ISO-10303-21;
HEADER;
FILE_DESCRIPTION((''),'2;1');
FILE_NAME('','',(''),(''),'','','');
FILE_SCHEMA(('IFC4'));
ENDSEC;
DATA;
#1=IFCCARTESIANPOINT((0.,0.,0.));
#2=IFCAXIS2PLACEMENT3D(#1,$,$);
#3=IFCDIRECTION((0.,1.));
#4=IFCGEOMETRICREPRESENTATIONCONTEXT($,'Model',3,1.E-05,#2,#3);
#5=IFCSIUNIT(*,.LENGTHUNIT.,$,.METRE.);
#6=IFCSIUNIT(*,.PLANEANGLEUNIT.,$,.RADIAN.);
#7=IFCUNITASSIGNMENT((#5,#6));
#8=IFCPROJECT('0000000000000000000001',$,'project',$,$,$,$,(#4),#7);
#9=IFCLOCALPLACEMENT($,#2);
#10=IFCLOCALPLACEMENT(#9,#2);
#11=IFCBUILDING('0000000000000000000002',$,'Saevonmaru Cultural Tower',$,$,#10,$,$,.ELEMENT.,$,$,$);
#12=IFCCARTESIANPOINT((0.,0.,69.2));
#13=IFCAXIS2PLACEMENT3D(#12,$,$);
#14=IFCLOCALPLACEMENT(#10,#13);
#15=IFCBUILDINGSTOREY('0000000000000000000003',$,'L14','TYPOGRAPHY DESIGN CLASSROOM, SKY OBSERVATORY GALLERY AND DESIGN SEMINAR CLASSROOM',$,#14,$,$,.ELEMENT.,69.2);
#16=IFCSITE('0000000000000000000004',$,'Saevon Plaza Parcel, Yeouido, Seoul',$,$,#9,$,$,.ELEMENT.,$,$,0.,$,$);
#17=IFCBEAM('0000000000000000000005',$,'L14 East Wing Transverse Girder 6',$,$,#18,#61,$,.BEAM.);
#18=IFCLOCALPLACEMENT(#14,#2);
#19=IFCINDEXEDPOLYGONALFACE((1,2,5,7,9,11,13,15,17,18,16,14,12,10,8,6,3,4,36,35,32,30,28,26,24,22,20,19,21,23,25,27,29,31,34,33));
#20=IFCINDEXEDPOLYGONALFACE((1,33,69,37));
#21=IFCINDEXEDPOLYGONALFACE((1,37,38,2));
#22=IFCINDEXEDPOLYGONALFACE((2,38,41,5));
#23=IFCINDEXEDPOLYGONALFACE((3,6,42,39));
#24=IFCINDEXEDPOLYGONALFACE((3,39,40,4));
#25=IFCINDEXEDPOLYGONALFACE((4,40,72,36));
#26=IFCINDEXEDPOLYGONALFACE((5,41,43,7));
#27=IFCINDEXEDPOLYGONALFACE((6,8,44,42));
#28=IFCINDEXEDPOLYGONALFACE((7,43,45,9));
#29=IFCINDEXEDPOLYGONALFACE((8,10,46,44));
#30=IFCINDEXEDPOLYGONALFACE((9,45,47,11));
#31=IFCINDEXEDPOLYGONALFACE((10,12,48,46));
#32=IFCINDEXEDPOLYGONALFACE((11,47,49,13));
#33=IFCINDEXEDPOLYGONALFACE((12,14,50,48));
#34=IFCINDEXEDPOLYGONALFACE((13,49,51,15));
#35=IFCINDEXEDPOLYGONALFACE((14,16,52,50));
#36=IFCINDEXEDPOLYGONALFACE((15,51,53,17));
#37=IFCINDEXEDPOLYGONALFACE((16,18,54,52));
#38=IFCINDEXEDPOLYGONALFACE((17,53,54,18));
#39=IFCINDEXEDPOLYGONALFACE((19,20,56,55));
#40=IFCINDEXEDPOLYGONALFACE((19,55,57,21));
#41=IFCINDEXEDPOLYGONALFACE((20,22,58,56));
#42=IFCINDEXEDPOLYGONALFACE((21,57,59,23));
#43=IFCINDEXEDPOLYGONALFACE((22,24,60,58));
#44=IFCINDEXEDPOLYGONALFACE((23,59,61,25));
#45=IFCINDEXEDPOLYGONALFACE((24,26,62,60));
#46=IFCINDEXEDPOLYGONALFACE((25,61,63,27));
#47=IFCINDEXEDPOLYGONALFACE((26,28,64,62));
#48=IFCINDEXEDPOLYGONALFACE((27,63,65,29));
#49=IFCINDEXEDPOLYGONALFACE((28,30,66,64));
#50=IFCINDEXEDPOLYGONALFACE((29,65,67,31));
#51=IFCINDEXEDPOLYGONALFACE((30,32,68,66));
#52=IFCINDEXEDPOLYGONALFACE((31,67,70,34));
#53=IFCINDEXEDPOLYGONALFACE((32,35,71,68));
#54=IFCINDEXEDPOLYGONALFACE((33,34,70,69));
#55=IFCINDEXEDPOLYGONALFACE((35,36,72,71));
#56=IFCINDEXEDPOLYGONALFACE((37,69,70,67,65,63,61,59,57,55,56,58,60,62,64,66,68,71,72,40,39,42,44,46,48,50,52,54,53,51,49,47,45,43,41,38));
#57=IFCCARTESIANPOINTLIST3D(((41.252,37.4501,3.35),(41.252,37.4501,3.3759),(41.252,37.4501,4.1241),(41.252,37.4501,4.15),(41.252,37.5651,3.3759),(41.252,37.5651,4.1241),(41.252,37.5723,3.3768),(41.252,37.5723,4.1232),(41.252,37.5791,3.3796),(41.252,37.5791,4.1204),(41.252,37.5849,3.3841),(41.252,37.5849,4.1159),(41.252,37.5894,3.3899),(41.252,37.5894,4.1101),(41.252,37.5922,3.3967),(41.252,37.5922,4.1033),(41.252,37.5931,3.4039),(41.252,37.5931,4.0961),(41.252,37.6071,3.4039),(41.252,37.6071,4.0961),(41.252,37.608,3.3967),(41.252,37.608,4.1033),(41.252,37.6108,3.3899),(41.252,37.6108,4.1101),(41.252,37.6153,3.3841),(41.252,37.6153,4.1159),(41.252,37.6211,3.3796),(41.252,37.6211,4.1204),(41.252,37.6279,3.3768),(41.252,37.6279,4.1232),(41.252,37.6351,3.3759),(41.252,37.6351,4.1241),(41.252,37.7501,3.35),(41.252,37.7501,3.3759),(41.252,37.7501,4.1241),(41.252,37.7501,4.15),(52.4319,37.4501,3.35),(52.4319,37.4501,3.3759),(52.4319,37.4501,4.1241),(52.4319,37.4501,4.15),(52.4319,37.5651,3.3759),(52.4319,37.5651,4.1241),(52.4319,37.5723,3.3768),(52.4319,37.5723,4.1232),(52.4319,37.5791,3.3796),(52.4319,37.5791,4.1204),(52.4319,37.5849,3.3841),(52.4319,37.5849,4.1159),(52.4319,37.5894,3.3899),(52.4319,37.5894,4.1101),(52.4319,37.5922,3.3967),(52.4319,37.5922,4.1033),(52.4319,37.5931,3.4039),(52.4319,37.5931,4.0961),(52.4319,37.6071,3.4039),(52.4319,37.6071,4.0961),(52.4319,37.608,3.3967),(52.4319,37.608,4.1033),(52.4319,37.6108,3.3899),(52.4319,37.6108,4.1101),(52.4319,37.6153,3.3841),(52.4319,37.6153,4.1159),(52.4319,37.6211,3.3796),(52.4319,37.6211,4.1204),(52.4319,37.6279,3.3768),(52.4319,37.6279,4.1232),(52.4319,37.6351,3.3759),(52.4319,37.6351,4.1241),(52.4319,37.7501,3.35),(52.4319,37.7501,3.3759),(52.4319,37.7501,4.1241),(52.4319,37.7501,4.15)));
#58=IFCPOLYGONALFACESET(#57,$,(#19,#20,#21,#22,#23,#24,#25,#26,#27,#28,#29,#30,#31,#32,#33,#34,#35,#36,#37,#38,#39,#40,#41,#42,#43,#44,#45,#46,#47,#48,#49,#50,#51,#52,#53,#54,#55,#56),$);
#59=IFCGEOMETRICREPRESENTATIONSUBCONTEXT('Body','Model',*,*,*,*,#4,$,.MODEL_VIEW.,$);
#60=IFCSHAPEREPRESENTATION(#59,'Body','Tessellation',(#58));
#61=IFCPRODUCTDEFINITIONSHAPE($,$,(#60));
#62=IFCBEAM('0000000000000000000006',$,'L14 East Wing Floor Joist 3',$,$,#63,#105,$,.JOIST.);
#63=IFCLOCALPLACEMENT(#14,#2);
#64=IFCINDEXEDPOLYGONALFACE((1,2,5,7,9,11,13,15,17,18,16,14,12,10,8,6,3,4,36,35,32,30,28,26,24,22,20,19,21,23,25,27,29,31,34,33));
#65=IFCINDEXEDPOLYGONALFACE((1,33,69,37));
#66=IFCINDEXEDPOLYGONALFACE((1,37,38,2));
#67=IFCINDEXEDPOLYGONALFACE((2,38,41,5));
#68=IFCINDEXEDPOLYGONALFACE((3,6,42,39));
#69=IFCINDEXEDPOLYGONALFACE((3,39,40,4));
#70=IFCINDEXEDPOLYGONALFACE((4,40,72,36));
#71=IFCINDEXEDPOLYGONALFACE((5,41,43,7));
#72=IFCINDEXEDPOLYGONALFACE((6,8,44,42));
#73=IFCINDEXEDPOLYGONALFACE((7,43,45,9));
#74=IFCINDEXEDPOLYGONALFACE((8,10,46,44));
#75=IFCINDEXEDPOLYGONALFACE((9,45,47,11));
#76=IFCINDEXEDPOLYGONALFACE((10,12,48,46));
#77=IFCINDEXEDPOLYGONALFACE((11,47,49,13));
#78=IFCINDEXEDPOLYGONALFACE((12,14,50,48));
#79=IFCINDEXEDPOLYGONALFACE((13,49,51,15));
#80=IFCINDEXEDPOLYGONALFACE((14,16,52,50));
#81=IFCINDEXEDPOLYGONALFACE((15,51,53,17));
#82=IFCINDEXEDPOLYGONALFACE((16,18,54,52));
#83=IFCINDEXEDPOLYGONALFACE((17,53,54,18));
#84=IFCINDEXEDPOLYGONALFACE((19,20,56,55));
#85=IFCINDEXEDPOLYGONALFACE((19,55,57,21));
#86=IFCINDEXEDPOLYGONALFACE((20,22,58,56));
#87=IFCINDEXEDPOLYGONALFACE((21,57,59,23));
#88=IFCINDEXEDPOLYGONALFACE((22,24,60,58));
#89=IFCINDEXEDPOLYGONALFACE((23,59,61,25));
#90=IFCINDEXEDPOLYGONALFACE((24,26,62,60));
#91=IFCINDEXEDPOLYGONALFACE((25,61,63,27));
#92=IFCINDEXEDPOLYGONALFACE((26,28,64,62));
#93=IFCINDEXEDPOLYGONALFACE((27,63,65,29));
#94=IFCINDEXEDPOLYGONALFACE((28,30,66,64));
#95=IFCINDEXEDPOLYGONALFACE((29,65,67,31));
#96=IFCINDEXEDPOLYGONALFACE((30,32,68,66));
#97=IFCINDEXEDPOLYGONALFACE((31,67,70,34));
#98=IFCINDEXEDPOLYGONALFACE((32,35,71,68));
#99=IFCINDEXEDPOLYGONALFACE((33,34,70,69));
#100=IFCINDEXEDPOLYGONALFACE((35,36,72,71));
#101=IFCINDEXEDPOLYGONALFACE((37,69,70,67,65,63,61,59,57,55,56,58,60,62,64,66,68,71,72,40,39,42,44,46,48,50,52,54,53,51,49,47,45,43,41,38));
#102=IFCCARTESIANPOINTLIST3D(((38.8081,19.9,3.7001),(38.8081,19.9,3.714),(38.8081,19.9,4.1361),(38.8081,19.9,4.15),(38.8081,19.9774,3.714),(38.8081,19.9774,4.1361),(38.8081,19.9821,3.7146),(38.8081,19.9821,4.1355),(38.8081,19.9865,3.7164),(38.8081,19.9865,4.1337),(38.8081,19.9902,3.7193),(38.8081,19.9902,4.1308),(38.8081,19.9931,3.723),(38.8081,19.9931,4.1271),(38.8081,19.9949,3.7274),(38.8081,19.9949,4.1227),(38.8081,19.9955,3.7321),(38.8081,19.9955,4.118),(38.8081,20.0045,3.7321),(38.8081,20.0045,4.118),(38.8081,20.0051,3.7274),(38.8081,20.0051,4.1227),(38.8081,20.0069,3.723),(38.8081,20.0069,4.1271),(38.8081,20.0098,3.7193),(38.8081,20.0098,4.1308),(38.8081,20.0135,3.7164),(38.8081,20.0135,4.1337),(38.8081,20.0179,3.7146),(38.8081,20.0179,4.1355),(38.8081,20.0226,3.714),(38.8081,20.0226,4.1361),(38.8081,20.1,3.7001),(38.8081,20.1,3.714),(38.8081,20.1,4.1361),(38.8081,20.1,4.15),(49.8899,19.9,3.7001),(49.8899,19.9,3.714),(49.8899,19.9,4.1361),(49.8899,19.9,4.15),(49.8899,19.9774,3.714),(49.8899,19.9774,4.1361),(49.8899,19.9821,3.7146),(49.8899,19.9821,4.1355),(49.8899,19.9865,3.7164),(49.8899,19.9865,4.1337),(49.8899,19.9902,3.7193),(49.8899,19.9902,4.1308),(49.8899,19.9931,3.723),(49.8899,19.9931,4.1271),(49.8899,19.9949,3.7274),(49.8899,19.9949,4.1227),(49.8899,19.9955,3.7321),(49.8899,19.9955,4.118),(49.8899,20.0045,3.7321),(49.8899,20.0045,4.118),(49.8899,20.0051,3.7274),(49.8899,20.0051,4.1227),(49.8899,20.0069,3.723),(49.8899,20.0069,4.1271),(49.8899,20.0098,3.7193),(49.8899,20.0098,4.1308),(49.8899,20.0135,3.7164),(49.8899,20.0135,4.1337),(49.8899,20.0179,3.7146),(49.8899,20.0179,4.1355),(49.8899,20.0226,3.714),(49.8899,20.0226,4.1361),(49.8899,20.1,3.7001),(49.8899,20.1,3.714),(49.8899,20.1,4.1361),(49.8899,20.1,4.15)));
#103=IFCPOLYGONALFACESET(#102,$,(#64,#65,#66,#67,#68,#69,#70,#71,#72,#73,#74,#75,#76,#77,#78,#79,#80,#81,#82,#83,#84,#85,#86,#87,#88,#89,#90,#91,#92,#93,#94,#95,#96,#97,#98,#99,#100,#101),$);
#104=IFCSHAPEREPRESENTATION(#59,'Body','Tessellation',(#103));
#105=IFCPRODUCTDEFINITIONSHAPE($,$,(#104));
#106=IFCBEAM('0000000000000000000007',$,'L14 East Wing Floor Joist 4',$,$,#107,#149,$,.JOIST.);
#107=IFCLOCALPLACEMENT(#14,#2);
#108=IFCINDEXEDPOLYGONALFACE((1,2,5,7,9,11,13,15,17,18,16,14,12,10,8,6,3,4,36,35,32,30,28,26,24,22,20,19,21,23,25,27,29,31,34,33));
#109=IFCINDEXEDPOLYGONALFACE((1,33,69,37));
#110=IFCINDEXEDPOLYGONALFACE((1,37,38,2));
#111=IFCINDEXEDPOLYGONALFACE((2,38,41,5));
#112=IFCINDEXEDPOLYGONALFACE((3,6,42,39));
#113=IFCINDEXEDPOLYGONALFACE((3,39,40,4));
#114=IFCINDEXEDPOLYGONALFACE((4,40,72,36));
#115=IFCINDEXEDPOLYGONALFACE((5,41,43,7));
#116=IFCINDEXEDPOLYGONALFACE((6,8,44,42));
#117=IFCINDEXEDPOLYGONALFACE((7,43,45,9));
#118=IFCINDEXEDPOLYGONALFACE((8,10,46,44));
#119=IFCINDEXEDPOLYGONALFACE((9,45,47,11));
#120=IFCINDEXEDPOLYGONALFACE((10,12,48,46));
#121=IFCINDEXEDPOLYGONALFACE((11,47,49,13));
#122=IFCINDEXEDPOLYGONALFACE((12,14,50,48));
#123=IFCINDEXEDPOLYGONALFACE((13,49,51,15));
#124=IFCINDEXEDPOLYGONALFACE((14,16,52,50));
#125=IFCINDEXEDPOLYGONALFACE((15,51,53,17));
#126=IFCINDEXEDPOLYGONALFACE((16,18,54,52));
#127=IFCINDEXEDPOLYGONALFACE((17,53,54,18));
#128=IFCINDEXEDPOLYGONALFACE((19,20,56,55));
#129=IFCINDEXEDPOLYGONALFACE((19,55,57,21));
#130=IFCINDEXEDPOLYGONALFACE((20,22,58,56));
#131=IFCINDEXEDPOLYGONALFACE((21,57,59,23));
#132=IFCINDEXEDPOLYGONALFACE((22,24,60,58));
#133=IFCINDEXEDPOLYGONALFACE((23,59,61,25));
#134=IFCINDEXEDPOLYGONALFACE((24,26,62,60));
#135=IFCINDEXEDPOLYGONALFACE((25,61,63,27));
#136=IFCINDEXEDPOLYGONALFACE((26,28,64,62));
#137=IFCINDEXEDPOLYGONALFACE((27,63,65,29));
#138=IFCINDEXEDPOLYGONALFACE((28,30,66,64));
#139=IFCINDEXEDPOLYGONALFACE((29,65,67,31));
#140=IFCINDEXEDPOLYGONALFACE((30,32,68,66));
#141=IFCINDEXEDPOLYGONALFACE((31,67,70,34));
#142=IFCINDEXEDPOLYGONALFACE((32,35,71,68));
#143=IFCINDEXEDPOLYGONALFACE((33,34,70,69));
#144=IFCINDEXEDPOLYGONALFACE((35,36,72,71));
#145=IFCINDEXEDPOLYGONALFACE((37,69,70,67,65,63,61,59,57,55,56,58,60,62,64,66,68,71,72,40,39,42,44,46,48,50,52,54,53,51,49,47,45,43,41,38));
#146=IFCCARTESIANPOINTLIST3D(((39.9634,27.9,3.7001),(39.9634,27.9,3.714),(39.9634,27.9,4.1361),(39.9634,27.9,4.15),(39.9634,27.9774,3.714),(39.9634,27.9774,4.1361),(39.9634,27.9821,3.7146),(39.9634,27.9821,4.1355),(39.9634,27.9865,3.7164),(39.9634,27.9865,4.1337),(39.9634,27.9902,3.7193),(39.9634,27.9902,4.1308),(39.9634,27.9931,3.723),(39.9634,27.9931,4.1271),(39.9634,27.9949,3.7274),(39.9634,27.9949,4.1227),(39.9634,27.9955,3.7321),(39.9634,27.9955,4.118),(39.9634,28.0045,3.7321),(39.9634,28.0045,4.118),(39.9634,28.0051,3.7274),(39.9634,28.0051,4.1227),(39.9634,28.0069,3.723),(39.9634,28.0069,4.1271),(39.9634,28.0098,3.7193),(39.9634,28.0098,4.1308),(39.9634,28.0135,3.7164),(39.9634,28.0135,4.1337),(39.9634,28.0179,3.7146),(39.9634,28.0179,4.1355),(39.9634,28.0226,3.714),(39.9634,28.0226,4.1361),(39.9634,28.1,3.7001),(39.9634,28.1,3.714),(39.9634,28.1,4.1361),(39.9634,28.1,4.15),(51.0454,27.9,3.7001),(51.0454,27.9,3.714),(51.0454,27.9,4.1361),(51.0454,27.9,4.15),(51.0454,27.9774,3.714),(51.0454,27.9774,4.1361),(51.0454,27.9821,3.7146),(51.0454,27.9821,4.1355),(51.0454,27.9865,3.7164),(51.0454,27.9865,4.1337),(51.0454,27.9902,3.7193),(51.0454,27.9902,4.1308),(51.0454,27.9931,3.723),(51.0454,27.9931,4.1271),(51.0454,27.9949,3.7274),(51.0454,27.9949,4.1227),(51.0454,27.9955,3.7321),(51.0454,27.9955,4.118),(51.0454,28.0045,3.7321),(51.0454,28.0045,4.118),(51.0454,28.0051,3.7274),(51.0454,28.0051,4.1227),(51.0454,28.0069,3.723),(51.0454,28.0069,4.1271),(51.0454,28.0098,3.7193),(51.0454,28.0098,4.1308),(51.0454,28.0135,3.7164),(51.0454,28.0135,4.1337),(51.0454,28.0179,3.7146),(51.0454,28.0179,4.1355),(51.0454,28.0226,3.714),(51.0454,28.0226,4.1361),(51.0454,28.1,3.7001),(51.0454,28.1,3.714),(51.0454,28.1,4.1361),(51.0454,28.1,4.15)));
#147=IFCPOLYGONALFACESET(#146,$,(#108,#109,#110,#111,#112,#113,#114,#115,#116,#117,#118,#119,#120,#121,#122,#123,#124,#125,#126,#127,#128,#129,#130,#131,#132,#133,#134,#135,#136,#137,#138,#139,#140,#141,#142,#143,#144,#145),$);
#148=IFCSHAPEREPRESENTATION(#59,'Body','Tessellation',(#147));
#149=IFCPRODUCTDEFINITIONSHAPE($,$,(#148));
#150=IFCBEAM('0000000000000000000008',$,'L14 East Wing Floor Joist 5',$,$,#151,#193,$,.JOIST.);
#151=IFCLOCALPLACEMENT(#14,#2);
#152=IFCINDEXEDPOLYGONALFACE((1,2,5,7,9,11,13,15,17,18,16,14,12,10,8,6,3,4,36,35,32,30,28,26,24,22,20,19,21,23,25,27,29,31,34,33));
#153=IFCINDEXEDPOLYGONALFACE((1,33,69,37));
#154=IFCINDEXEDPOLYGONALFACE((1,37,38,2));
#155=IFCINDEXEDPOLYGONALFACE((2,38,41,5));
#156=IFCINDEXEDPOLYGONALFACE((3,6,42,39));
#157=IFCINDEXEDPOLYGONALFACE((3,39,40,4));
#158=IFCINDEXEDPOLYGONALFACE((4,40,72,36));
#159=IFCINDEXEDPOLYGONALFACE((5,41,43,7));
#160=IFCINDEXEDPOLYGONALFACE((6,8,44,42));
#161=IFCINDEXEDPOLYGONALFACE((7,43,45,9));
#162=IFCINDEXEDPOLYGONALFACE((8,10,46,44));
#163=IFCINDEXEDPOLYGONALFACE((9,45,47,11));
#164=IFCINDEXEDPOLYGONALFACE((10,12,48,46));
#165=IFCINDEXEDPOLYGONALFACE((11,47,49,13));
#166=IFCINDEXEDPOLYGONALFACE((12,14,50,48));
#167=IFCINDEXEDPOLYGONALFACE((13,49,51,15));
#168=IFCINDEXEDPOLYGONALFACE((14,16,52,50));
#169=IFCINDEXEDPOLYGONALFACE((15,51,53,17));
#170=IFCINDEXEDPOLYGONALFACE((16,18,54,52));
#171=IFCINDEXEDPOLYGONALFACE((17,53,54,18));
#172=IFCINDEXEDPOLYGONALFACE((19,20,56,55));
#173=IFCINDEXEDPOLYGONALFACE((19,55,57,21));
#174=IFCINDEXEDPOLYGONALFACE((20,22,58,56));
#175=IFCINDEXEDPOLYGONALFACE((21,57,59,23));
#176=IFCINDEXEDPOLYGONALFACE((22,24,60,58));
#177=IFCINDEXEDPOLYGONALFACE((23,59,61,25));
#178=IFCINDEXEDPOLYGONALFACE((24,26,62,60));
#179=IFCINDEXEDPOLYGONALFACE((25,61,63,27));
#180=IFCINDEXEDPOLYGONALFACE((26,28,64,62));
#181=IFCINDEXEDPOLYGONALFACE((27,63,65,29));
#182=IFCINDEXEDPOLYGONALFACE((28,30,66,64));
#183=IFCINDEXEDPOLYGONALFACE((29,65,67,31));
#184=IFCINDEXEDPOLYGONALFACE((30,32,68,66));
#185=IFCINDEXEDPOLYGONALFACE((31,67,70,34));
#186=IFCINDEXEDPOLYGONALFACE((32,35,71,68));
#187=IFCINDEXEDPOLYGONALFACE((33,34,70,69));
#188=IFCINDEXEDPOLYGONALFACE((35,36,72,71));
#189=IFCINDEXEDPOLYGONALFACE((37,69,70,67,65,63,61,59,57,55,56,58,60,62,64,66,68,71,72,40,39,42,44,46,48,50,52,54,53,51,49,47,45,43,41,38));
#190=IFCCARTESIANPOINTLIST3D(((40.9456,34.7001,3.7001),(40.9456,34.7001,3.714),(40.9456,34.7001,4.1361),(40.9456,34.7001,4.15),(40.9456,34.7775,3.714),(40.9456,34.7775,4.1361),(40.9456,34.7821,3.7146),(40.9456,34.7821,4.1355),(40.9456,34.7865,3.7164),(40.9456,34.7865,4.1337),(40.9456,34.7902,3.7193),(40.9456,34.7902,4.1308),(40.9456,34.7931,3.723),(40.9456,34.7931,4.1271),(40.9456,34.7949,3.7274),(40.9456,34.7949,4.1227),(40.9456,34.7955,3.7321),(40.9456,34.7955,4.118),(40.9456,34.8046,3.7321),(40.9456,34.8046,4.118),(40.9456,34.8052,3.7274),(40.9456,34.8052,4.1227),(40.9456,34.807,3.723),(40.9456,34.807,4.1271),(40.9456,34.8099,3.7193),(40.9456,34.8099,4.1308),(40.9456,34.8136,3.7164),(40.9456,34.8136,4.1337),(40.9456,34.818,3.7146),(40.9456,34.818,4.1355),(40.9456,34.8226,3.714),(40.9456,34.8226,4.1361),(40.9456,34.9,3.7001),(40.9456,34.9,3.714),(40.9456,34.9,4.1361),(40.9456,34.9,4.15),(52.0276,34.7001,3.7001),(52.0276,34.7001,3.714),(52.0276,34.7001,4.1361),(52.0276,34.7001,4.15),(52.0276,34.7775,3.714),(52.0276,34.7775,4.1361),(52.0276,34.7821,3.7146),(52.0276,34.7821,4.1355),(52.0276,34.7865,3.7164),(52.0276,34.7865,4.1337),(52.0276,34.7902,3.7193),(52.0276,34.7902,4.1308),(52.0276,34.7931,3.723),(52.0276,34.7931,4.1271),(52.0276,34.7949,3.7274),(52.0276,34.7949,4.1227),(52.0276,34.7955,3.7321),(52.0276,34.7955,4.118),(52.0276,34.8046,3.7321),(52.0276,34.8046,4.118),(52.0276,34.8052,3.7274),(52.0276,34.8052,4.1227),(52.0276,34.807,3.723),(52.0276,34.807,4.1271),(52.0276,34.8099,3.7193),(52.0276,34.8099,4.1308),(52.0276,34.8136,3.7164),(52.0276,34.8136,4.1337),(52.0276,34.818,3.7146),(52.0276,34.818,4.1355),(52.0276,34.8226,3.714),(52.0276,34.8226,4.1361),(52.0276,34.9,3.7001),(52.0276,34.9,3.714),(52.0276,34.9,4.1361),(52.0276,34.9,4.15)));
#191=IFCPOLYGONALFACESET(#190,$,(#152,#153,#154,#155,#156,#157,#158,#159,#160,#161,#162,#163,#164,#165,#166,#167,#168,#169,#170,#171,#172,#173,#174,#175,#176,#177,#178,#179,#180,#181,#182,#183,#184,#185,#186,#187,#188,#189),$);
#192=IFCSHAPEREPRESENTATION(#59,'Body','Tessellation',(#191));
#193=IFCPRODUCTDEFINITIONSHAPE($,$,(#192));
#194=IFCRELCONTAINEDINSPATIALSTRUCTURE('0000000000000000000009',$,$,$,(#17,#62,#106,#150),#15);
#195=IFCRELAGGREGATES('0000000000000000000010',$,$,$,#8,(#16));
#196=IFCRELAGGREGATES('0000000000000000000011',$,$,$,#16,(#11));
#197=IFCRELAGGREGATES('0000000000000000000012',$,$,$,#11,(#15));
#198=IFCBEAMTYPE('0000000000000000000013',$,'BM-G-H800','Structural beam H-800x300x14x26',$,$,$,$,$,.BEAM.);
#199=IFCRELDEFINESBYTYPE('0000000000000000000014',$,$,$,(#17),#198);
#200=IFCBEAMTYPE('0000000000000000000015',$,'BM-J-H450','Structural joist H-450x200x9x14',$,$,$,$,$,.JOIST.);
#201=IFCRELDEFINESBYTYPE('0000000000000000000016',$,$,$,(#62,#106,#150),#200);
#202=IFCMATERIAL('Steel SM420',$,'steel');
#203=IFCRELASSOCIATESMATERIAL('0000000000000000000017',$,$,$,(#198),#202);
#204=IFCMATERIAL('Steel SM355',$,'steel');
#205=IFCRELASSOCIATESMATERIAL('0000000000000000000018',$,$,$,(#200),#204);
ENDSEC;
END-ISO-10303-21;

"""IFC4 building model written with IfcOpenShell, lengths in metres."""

from ifc_helpers import new_model, si_unit, direction, frame, origin, origin_2d, place, context, subcontext, project, spatial, i_section, extrude, material, material_profile, profile_set, type_object, element, save


model = new_model("IFC4")

# Units and contexts
model_context = context("Model", 3, precision=1e-05, world=origin(), true_north=direction((0.0, 1.0)))
body_context = subcontext(model_context, "Body", "Model", "MODEL_VIEW")
ifc_project = project(units=[si_unit("LENGTHUNIT", "METRE"), si_unit("PLANEANGLEUNIT", "RADIAN")], contexts=[model_context])

# Site, building, storey
site_placement = place(None, origin())
site = spatial("IfcSite", under=ifc_project, at=site_placement, Name="Saevon Plaza Parcel, Yeouido, Seoul", CompositionType="ELEMENT", RefElevation=0.0)
building_placement = place(site_placement, origin())
building = spatial("IfcBuilding", under=site, at=building_placement, Name="Saevonmaru Cultural Tower", CompositionType="ELEMENT")
storey_placement = place(building_placement, frame((0.0, 0.0, 69.2)))
storey = spatial("IfcBuildingStorey", under=building, at=storey_placement, Name="L14", Description="TYPOGRAPHY DESIGN CLASSROOM, SKY OBSERVATORY GALLERY AND DESIGN SEMINAR CLASSROOM", CompositionType="ELEMENT", Elevation=69.2)

# Shared definitions
ifc_material_1 = material(Name="Steel SM420", Category="steel")

# Beams
ifc_material_profile_1 = material_profile(ifc_material_1, i_section(OverallWidth=0.3, OverallDepth=0.8, WebThickness=0.0139, FlangeThickness=0.0259, FilletRadius=0.0281, at=origin_2d()), Name="H-800x300x14x26")
ifc_profile_set_1 = profile_set([ifc_material_profile_1], Name="Steel SM420")
beam_type_1 = type_object("IfcBeamType", Name="BM-G-H800", Description="Structural beam H-800x300x14x26", PredefinedType="BEAM", material=ifc_profile_set_1)
for number, where, z_axis, x_axis, name in (
    (1, (41.252, 37.6001, 3.75), (1.0, 0.0, 0.0), (0.0, 1.0, 0.0), "L14 East Wing Transverse Girder 6"),
):
    element("IfcBeam", number, at=place(storey_placement, frame(where, z_axis=z_axis, x_axis=x_axis)), inside=storey, type_object=beam_type_1, Name=name, PredefinedType="BEAM", context=body_context, shape_type="SweptSolid", body=[
        extrude(i_section(OverallWidth=0.3, OverallDepth=0.8, WebThickness=0.0139, FlangeThickness=0.0259, FilletRadius=0.0281, at=origin_2d()), origin(), (0.0, 0.0, 1.0), 11.1799),
    ])
ifc_material_2 = material(Name="Steel SM355", Category="steel")
ifc_material_profile_2 = material_profile(ifc_material_2, i_section(OverallWidth=0.2, OverallDepth=0.45, WebThickness=0.009, FlangeThickness=0.0139, FilletRadius=0.0181, at=origin_2d()), Name="H-450x200x9x14")
ifc_profile_set_2 = profile_set([ifc_material_profile_2], Name="Steel SM355")
beam_type_2 = type_object("IfcBeamType", Name="BM-J-H450", Description="Structural joist H-450x200x9x14", PredefinedType="JOIST", material=ifc_profile_set_2)
beam_1_placement = place(storey_placement, frame((38.8081, 20.0, 3.925), z_axis=(1.0, 0.0, 0.0), x_axis=(0.0, 1.0, 0.0)))
element("IfcBeam", 2, at=beam_1_placement, inside=storey, type_object=beam_type_2, Name="L14 East Wing Floor Joist 3", PredefinedType="JOIST", context=body_context, shape_type="SweptSolid", body=[
    extrude(i_section(OverallWidth=0.2, OverallDepth=0.45, WebThickness=0.009, FlangeThickness=0.0139, FilletRadius=0.0181, at=origin_2d()), origin(), (0.0, 0.0, 1.0), 11.0818),
])
for number, where, z_axis, x_axis, name in (
    (3, (39.9634, 28.0, 3.925), (1.0, 0.0, 0.0), (0.0, 1.0, 0.0), "L14 East Wing Floor Joist 4"),
    (4, (40.9456, 34.8, 3.925), (1.0, 0.0, 0.0), (0.0, 1.0, 0.0), "L14 East Wing Floor Joist 5"),
):
    element("IfcBeam", number, at=place(storey_placement, frame(where, z_axis=z_axis, x_axis=x_axis)), inside=storey, type_object=beam_type_2, Name=name, PredefinedType="JOIST", context=body_context, shape_type="SweptSolid", body=[
        extrude(i_section(OverallWidth=0.2, OverallDepth=0.45, WebThickness=0.009, FlangeThickness=0.0139, FilletRadius=0.0181, at=origin_2d()), origin(), (0.0, 0.0, 1.0), 11.082),
    ])

save(model, "model.ifc")
